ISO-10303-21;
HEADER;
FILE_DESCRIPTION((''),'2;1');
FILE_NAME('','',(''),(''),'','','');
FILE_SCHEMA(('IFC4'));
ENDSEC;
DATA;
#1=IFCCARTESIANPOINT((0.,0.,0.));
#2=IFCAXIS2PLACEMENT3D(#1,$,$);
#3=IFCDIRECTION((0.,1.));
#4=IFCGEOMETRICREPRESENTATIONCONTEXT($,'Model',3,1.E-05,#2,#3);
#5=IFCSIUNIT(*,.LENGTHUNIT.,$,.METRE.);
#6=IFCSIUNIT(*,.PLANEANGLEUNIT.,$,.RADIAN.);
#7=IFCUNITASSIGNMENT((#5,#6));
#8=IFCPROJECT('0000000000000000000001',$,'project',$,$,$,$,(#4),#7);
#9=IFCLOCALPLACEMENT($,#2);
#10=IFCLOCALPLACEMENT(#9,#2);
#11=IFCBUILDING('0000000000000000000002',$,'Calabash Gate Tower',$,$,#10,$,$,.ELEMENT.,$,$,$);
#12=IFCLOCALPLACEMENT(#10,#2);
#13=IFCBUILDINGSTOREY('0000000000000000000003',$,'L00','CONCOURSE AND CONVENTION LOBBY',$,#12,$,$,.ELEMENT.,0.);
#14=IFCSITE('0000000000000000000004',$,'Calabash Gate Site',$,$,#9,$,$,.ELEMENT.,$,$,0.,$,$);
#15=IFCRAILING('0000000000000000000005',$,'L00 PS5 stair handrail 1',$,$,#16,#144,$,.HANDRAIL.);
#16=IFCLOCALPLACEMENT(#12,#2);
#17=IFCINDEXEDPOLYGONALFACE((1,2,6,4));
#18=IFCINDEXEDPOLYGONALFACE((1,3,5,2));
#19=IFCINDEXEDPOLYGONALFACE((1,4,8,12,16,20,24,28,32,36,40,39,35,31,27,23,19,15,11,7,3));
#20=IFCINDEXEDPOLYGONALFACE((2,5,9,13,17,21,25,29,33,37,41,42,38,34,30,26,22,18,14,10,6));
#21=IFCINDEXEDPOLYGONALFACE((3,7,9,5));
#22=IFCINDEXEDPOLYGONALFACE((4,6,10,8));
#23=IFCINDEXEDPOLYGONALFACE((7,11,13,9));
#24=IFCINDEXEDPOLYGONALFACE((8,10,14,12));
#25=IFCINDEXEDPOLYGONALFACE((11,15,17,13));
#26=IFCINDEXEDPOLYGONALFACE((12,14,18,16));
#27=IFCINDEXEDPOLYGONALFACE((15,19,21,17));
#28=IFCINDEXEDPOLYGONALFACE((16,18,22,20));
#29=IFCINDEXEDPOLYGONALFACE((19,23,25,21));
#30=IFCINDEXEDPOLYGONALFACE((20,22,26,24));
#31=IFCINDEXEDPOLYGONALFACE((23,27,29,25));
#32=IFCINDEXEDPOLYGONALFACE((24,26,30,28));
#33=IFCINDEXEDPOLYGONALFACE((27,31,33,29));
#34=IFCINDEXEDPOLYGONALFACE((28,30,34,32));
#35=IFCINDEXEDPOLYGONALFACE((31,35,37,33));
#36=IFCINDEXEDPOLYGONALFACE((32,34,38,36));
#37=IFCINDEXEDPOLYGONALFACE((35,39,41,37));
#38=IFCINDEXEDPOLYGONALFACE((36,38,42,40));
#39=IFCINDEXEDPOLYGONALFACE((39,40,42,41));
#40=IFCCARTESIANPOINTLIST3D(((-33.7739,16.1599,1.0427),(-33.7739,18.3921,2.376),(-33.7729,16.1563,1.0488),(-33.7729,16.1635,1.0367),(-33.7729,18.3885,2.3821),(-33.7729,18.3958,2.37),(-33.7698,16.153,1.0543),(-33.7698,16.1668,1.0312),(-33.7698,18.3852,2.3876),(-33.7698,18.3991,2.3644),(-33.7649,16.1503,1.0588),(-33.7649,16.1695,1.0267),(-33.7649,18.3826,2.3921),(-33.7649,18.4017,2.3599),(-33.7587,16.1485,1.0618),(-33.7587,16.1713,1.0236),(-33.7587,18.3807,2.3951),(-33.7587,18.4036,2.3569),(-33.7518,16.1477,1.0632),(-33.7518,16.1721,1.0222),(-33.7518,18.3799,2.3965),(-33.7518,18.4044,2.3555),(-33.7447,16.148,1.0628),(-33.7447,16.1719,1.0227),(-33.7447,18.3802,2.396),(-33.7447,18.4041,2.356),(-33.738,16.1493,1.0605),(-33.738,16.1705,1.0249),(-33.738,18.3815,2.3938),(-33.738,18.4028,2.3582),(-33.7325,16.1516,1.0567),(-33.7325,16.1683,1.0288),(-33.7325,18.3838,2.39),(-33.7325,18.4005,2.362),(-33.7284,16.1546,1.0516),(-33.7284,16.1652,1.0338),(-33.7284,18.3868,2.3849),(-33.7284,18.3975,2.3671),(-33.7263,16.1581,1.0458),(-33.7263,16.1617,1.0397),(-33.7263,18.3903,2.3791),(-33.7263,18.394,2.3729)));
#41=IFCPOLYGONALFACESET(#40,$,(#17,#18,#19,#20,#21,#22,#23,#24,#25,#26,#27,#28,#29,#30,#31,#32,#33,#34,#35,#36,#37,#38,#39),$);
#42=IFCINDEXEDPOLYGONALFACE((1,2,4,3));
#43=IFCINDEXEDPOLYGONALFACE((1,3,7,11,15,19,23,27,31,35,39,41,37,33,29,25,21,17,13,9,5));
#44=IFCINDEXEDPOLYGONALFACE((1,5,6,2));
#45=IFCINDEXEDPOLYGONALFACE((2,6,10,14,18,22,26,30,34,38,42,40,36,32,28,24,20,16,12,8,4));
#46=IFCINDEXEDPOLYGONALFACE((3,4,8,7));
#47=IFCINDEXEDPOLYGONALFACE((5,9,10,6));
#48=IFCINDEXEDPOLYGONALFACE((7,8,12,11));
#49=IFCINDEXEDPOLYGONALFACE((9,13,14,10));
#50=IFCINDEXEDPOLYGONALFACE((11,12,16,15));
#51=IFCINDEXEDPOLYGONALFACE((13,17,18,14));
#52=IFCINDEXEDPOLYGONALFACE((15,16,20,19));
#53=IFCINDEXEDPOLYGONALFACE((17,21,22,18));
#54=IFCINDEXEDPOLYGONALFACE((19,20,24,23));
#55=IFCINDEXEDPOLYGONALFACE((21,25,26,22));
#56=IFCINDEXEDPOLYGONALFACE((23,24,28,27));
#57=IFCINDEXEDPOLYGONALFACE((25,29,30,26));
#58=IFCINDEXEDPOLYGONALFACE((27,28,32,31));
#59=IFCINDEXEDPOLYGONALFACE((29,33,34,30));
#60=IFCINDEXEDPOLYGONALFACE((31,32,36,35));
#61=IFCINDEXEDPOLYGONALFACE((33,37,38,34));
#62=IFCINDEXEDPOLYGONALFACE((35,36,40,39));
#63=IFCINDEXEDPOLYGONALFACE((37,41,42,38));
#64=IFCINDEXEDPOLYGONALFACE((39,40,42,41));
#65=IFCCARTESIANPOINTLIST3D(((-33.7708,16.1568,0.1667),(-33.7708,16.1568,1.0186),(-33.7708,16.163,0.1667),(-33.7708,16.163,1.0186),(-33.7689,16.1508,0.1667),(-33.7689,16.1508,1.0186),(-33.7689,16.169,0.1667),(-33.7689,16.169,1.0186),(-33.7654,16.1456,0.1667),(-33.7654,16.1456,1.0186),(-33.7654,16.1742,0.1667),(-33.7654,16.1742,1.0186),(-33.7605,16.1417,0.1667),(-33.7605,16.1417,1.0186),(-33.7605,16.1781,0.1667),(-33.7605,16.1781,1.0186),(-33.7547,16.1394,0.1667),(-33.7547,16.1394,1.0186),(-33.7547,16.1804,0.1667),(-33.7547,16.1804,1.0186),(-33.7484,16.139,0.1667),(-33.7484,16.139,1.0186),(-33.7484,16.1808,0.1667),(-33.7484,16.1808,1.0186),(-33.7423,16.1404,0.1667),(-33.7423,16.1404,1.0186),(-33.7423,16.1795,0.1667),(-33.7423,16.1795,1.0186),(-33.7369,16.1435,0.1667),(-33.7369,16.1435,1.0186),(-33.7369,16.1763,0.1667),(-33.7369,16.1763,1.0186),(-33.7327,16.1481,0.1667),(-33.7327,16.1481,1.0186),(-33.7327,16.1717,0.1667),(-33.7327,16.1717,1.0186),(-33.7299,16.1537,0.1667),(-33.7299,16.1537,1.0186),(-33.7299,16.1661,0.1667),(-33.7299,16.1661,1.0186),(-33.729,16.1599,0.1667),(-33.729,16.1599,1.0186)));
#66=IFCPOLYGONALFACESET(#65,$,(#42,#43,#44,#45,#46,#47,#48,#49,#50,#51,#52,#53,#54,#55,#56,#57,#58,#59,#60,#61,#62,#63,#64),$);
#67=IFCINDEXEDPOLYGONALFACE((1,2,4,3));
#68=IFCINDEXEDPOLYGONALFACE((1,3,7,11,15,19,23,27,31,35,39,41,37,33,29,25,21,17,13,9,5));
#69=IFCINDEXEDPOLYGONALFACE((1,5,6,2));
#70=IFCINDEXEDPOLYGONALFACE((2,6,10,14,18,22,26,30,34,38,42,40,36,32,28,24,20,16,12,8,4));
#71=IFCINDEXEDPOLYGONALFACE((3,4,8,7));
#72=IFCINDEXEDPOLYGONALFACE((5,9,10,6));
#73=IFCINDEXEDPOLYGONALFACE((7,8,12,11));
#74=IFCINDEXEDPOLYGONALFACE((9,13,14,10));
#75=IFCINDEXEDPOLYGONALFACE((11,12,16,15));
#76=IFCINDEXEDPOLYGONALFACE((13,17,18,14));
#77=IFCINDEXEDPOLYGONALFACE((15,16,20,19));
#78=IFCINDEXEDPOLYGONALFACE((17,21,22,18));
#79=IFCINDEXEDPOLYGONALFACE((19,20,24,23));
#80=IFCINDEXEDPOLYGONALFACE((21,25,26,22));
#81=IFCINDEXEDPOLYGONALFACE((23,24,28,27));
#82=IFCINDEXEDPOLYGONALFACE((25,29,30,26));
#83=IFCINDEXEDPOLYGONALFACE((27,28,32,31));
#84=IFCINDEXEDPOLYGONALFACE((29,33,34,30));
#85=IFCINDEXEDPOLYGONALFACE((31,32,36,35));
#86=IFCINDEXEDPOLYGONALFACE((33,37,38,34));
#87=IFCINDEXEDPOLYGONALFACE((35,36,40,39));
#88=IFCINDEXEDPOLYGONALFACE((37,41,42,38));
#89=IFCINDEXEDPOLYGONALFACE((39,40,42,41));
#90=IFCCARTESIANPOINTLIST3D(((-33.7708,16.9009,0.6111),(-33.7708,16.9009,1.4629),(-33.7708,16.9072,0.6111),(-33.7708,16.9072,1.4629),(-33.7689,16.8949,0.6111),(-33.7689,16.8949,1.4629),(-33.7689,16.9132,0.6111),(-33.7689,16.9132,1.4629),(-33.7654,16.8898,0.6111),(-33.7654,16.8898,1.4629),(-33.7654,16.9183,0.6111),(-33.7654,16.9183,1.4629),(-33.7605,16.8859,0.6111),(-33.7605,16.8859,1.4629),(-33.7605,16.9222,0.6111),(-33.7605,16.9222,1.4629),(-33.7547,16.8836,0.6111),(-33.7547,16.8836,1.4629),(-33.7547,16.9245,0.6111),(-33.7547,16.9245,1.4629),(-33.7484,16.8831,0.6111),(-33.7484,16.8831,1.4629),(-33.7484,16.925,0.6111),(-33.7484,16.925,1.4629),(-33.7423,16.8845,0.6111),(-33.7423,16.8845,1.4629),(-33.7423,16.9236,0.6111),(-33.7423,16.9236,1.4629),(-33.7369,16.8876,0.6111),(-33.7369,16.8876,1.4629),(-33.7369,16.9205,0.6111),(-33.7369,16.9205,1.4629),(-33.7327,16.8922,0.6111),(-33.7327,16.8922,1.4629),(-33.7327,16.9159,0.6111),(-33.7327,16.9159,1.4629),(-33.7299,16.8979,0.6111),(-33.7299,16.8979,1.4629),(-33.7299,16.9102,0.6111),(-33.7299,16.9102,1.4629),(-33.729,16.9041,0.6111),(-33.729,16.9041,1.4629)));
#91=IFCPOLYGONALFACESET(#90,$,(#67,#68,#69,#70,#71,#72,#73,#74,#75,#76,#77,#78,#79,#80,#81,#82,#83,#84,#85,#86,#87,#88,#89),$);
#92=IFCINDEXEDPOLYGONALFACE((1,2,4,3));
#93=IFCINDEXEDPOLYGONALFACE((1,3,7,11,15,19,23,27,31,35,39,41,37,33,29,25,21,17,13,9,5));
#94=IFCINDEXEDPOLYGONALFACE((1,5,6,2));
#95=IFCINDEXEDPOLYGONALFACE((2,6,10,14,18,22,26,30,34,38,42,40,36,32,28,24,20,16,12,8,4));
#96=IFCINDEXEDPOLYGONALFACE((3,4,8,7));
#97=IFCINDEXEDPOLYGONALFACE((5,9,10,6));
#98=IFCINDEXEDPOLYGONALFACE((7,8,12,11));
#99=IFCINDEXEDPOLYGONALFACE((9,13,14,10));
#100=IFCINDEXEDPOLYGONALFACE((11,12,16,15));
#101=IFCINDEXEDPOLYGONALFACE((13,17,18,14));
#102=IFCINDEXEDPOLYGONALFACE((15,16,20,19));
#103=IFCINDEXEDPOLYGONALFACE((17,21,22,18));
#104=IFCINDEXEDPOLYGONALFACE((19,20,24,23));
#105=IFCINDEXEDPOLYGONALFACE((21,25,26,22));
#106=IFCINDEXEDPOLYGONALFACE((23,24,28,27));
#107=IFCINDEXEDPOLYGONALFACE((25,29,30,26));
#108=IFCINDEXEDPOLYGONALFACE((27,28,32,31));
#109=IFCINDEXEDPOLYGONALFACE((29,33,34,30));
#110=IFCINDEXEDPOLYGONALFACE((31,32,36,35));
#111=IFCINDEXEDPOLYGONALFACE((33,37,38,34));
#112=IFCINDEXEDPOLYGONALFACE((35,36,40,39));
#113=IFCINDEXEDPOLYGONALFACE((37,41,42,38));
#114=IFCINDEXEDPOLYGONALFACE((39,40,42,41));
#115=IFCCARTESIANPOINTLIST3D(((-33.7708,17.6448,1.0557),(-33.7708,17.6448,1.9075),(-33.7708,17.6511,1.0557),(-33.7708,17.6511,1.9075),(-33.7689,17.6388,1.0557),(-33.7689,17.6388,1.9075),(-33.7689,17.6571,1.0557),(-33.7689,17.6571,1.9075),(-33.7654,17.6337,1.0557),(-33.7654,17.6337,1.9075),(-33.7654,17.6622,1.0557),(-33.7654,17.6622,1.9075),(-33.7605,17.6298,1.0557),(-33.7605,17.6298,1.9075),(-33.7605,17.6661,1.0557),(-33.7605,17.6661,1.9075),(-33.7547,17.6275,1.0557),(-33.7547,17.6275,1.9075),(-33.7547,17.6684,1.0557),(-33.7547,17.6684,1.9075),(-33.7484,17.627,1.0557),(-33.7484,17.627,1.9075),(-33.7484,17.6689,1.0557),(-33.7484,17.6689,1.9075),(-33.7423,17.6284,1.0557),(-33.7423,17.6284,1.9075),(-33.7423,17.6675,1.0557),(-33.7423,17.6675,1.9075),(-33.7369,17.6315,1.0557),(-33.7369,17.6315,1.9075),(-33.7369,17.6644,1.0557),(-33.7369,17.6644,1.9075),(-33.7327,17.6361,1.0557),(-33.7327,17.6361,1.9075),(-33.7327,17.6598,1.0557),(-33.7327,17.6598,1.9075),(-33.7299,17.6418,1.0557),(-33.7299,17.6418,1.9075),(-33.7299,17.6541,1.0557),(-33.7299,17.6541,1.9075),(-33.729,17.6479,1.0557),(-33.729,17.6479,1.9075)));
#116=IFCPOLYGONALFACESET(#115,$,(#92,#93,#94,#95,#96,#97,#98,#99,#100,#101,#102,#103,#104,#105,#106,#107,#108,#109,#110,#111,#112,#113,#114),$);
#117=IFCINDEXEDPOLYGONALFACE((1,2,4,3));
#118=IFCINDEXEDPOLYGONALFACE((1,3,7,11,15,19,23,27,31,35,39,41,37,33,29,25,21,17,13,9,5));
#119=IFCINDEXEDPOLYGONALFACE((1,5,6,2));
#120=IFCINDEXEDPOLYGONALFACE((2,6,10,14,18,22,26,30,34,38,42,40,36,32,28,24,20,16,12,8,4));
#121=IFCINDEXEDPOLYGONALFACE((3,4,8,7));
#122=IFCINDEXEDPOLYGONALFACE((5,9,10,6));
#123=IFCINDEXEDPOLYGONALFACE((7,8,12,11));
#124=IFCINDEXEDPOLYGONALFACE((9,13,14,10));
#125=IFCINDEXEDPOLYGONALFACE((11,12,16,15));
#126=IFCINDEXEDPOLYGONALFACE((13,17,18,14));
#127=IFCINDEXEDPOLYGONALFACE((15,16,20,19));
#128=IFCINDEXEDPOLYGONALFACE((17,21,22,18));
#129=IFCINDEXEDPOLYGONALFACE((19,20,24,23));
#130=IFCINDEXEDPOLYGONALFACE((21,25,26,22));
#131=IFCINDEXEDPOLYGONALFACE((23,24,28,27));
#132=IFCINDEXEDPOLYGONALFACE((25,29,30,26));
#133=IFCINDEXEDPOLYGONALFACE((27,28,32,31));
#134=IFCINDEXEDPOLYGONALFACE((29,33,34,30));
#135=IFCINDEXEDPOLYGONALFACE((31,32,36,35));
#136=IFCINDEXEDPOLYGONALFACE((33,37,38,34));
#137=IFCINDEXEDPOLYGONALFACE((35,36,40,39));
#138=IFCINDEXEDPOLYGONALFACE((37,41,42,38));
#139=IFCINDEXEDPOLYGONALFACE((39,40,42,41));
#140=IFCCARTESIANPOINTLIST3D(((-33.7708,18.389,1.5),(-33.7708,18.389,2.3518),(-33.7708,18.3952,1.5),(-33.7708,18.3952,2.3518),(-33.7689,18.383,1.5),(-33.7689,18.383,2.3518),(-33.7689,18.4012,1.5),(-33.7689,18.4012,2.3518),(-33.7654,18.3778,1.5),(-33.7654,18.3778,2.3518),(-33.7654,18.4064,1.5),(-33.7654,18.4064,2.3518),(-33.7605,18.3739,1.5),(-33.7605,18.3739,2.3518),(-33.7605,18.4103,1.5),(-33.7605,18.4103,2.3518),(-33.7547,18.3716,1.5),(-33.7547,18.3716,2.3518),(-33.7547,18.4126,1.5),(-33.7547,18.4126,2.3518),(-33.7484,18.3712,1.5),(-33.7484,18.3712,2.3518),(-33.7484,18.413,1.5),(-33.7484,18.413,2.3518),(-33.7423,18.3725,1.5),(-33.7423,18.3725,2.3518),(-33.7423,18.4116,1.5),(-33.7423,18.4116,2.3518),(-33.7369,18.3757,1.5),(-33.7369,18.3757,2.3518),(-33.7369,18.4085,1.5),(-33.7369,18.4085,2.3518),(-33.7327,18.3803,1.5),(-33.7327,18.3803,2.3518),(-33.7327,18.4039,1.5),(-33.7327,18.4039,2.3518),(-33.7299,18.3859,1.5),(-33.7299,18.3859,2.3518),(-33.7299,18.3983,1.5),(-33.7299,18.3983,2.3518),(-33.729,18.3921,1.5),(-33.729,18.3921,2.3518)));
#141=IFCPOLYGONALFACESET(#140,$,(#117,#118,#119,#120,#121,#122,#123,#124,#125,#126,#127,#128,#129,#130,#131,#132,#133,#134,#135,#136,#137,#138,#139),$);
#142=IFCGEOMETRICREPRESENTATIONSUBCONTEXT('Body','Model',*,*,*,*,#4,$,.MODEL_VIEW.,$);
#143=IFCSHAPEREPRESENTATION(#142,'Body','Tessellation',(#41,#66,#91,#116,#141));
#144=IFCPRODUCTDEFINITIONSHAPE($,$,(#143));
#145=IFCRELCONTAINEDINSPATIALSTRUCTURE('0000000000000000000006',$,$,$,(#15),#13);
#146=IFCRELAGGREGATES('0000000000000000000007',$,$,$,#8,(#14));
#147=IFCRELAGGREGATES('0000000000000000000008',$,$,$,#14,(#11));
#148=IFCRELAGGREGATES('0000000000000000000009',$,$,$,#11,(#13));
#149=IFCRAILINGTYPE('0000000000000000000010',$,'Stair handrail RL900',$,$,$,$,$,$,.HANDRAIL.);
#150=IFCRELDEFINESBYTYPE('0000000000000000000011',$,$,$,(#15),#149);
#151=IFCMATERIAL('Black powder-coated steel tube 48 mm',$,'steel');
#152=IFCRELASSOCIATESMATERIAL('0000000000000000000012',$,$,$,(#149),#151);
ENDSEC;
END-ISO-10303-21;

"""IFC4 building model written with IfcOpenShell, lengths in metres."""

from ifc_helpers import new_model, si_unit, direction, frame, origin, origin_2d, place, context, subcontext, project, spatial, circle, extrude, material, type_object, element, save


model = new_model("IFC4")

# Units and contexts
model_context = context("Model", 3, precision=1e-05, world=origin(), true_north=direction((0.0, 1.0)))
body_context = subcontext(model_context, "Body", "Model", "MODEL_VIEW")
ifc_project = project(units=[si_unit("LENGTHUNIT", "METRE"), si_unit("PLANEANGLEUNIT", "RADIAN")], contexts=[model_context])

# Site, building, storey
site_placement = place(None, origin())
site = spatial("IfcSite", under=ifc_project, at=site_placement, Name="Calabash Gate Site", CompositionType="ELEMENT", RefElevation=0.0)
building_placement = place(site_placement, origin())
building = spatial("IfcBuilding", under=site, at=building_placement, Name="Calabash Gate Tower", CompositionType="ELEMENT")
storey_placement = place(building_placement, origin())
storey = spatial("IfcBuildingStorey", under=building, at=storey_placement, Name="L00", Description="CONCOURSE AND CONVENTION LOBBY", CompositionType="ELEMENT", Elevation=0.0)

# Railing
ifc_material_1 = material(Name="Black powder-coated steel tube 48 mm", Category="steel")
railing_type = type_object("IfcRailingType", Name="Stair handrail RL900", PredefinedType="HANDRAIL", material=ifc_material_1)
for number, where, name in (
    (1, (-33.75, 16.1599, 0.1667), "L00 PS5 stair handrail 1"),
):
    element("IfcRailing", number, at=place(storey_placement, frame(where)), inside=storey, type_object=railing_type, Name=name, PredefinedType="HANDRAIL", context=body_context, shape_type="SweptSolid", body=[
        extrude(circle(Radius=0.0239, at=origin_2d()), frame((0.0, 0.0, 0.876), z_axis=(0.0, 0.858519, 0.512782), x_axis=(-1.0, 0.0, 0.0)), (0.0, 0.0, 1.0), 2.6001),
        extrude(circle(Radius=0.021, at=origin_2d()), origin(), (0.0, 0.0, 1.0), 0.8518),
        extrude(circle(Radius=0.021, at=origin_2d()), frame((0.0, 0.7441, 0.4443)), (0.0, 0.0, 1.0), 0.8518),
        extrude(circle(Radius=0.021, at=origin_2d()), frame((0.0, 1.488, 0.8889)), (0.0, 0.0, 1.0), 0.8518),
        extrude(circle(Radius=0.021, at=origin_2d()), frame((0.0, 2.2322, 1.3333)), (0.0, 0.0, 1.0), 0.8518),
    ])

save(model, "model.ifc")
